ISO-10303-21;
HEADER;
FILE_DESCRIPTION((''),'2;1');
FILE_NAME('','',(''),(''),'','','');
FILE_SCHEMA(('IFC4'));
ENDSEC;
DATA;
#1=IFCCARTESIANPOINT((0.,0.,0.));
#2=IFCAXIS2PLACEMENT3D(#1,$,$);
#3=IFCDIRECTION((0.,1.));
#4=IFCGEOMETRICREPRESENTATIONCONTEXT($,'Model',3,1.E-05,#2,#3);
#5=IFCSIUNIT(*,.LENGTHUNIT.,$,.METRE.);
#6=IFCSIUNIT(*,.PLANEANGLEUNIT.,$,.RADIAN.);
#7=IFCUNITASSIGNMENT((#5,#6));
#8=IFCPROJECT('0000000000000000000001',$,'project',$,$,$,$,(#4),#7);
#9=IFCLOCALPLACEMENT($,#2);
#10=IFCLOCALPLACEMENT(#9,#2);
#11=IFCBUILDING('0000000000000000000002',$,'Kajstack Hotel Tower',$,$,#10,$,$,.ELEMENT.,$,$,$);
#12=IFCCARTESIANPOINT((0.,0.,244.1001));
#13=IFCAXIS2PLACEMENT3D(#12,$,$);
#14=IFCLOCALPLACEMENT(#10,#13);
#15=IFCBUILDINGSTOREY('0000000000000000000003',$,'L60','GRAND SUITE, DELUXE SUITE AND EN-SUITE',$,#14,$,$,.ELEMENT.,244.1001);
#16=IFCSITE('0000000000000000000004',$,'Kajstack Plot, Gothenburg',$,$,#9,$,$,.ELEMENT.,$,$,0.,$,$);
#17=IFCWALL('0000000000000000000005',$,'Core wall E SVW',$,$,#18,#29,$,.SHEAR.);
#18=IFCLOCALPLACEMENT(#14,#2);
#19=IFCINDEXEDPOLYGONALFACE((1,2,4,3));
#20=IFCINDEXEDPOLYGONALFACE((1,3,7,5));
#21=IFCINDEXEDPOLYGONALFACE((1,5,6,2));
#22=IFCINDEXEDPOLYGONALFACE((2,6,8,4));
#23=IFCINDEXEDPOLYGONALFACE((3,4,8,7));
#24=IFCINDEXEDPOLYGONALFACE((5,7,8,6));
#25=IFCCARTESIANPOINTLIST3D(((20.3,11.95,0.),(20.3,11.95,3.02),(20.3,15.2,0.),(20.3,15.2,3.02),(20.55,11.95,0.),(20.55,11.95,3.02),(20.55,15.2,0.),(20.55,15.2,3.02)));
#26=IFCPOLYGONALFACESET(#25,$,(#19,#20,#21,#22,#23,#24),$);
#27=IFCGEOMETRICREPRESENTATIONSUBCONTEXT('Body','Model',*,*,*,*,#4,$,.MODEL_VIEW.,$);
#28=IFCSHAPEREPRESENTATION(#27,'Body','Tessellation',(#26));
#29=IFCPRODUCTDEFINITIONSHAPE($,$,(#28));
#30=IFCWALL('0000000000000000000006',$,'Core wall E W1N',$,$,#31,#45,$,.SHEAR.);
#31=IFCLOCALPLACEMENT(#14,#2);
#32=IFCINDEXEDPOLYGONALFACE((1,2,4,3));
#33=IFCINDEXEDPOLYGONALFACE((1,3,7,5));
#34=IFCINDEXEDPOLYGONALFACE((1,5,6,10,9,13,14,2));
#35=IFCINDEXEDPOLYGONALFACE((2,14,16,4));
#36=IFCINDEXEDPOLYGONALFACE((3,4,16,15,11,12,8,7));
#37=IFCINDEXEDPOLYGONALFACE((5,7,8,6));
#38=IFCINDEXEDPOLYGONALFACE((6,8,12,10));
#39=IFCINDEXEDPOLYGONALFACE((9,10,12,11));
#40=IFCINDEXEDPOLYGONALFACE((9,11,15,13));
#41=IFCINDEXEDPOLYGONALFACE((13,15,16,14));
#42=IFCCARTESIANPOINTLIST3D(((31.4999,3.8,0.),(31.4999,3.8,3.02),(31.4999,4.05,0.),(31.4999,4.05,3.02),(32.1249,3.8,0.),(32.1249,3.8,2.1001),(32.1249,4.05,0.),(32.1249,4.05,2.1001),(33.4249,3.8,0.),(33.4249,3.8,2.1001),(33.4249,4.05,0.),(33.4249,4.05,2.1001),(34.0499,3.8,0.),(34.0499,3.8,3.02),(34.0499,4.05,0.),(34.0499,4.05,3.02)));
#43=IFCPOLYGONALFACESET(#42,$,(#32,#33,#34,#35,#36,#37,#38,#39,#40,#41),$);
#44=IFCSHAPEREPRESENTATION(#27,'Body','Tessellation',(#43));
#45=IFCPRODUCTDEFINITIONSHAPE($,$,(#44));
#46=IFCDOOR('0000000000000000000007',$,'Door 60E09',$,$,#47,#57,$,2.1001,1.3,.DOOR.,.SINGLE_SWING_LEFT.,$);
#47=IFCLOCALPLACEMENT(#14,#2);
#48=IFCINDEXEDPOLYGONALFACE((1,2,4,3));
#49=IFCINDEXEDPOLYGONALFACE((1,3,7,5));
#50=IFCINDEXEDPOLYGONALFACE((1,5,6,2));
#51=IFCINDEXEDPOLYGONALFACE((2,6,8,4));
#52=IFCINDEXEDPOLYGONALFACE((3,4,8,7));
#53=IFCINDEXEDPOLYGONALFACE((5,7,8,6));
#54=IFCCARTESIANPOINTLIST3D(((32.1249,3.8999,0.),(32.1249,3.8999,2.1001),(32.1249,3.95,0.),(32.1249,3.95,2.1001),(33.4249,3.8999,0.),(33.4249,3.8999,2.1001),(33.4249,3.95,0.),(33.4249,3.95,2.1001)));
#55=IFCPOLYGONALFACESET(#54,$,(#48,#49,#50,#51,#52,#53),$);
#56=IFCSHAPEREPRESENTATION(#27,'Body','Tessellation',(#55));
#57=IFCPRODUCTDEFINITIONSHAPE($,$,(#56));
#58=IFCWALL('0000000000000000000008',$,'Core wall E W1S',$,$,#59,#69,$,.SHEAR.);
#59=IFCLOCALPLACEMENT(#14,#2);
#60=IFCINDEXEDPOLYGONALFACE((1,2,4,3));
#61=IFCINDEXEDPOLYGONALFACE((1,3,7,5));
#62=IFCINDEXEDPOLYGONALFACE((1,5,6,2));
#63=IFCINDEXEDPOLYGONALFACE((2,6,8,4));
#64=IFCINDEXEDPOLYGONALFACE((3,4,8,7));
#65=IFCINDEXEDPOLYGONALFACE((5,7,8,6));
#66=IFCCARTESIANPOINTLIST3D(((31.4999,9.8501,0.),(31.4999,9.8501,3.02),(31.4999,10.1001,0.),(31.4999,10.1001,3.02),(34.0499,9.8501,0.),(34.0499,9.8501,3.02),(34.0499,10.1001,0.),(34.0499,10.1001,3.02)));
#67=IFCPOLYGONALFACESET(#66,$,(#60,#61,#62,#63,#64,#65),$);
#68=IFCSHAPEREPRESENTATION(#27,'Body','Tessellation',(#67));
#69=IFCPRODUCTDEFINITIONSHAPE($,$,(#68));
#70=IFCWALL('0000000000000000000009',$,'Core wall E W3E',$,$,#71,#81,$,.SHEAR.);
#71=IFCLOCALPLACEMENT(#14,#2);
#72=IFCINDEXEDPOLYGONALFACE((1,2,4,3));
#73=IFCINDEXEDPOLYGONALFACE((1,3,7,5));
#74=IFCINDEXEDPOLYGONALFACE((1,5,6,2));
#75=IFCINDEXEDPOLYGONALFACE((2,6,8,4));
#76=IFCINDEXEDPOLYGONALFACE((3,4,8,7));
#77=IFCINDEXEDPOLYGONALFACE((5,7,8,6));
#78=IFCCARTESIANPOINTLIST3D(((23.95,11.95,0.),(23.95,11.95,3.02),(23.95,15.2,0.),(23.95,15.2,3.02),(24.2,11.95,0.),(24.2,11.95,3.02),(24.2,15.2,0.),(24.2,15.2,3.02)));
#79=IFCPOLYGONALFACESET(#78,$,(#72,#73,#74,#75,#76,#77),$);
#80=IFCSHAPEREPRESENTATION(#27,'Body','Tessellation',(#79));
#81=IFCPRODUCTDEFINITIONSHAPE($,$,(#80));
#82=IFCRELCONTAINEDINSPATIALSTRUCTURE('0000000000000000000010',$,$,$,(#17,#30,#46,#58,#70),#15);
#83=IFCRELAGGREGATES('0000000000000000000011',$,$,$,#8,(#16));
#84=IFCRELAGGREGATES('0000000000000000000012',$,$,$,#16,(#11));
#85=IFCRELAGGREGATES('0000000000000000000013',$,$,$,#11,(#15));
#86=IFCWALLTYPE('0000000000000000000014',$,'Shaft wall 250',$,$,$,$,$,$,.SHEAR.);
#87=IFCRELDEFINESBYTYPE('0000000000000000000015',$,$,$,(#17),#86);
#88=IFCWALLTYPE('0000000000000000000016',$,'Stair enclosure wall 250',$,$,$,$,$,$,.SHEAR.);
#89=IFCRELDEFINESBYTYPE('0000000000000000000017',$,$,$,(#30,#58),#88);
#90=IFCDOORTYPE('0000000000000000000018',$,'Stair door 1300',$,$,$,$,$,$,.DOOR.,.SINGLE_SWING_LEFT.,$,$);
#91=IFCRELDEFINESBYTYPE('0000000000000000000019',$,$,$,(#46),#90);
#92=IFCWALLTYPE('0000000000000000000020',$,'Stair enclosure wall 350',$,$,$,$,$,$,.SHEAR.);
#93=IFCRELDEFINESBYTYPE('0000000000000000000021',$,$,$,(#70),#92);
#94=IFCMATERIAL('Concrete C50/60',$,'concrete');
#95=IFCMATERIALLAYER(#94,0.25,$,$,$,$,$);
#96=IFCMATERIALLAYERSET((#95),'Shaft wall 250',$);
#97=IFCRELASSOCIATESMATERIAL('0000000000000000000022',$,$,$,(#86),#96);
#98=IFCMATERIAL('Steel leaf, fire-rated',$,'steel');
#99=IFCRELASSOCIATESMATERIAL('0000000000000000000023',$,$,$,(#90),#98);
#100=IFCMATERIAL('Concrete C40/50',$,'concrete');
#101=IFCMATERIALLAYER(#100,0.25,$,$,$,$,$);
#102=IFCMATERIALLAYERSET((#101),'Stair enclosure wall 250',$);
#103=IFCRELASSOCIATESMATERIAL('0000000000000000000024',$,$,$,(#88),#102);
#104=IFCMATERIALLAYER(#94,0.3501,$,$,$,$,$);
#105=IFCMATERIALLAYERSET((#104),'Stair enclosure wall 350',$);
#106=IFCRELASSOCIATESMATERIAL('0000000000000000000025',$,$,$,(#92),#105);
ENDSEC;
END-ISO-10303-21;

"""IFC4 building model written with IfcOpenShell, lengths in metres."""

from ifc_helpers import new_model, si_unit, direction, frame, frame_2d, origin, place, context, subcontext, project, spatial, rectangle, extrude, material, layer, layer_set, type_object, element, fill, save


model = new_model("IFC4")

# Units and contexts
model_context = context("Model", 3, precision=1e-05, world=origin(), true_north=direction((0.0, 1.0)))
body_context = subcontext(model_context, "Body", "Model", "MODEL_VIEW")
ifc_project = project(units=[si_unit("LENGTHUNIT", "METRE"), si_unit("PLANEANGLEUNIT", "RADIAN")], contexts=[model_context])

# Site, building, storey
site_placement = place(None, origin())
site = spatial("IfcSite", under=ifc_project, at=site_placement, Name="Kajstack Plot, Gothenburg", CompositionType="ELEMENT", RefElevation=0.0)
building_placement = place(site_placement, origin())
building = spatial("IfcBuilding", under=site, at=building_placement, Name="Kajstack Hotel Tower", CompositionType="ELEMENT")
storey_placement = place(building_placement, frame((0.0, 0.0, 244.1001)))
storey = spatial("IfcBuildingStorey", under=building, at=storey_placement, Name="L60", Description="GRAND SUITE, DELUXE SUITE AND EN-SUITE", CompositionType="ELEMENT", Elevation=244.1001)

# Shared definitions
ifc_material_1 = material(Name="Concrete C40/50", Category="concrete")
ifc_material_2 = material(Name="Concrete C50/60", Category="concrete")

# Shared definitions
ifc_layer_1 = layer(ifc_material_2, 0.25)
ifc_layer_set_1 = layer_set([ifc_layer_1], Name="Shaft wall 250")
wall_type_1 = type_object("IfcWallType", Name="Shaft wall 250", PredefinedType="SHEAR", material=ifc_layer_set_1)
ifc_material_3 = material(Name="Steel leaf, fire-rated", Category="steel")
door_type_1 = type_object("IfcDoorType", Name="Stair door 1300", OperationType="SINGLE_SWING_LEFT", PredefinedType="DOOR", material=ifc_material_3)

# Wall
wall_1_placement = place(storey_placement, frame((20.425, 11.95, 0.0), z_axis=(0.0, 0.0, 1.0), x_axis=(0.0, 1.0, 0.0)))
element("IfcWall", 1, at=wall_1_placement, inside=storey, type_object=wall_type_1, Name="Core wall E SVW", PredefinedType="SHEAR", context=body_context, shape_type="SweptSolid", body=[
    extrude(rectangle(XDim=3.25, YDim=0.25, at=frame_2d((1.625, 0.0))), origin(), (0.0, 0.0, 1.0), 3.02),
])

# Wall, opening, door
ifc_layer_2 = layer(ifc_material_1, 0.25)
ifc_layer_set_2 = layer_set([ifc_layer_2], Name="Stair enclosure wall 250")
wall_type_2 = type_object("IfcWallType", Name="Stair enclosure wall 250", PredefinedType="SHEAR", material=ifc_layer_set_2)
wall_2_placement = place(storey_placement, frame((31.5, 3.925, 0.0), z_axis=(0.0, 0.0, 1.0), x_axis=(1.0, 0.0, 0.0)))
wall_2 = element("IfcWall", 2, at=wall_2_placement, inside=storey, type_object=wall_type_2, Name="Core wall E W1N", PredefinedType="SHEAR", context=body_context, shape_type="SweptSolid", body=[
    extrude(rectangle(XDim=2.55, YDim=0.25, at=frame_2d((1.2749, 0.0))), origin(), (0.0, 0.0, 1.0), 3.02),
])
opening_1_placement = place(wall_2_placement, frame((0.625, 0.0, 0.0)))
opening_1 = element("IfcOpeningElement", 3, at=opening_1_placement, cuts=wall_2, PredefinedType="OPENING", context=body_context, shape_type="SweptSolid", body=[
    extrude(rectangle(XDim=1.3, YDim=2.1001, at=frame_2d((0.6499, 1.05))), frame((0.0, 0.135, 0.0), z_axis=(0.0, -1.0, 0.0), x_axis=(1.0, 0.0, 0.0)), (0.0, 0.0, 1.0), 0.27),
])
door_1_placement = place(opening_1_placement, origin())
door_1 = element("IfcDoor", 4, at=door_1_placement, inside=storey, type_object=door_type_1, Name="Door 60E09", OperationType="SINGLE_SWING_LEFT", OverallHeight=2.1001, OverallWidth=1.3, PredefinedType="DOOR", context=body_context, shape_type="SweptSolid", body=[
    extrude(rectangle(XDim=1.3, YDim=2.1001, at=frame_2d((0.6499, 1.05))), frame((0.0, 0.0249, 0.0), z_axis=(0.0, -1.0, 0.0), x_axis=(1.0, 0.0, 0.0)), (0.0, 0.0, 1.0), 0.05),
])
fill(opening_1, door_1)

# Walls
wall_3_placement = place(storey_placement, frame((31.5, 9.9751, 0.0), z_axis=(0.0, 0.0, 1.0), x_axis=(1.0, 0.0, 0.0)))
element("IfcWall", 5, at=wall_3_placement, inside=storey, type_object=wall_type_2, Name="Core wall E W1S", PredefinedType="SHEAR", context=body_context, shape_type="SweptSolid", body=[
    extrude(rectangle(XDim=2.55, YDim=0.25, at=frame_2d((1.2749, 0.0))), origin(), (0.0, 0.0, 1.0), 3.02),
])
ifc_layer_3 = layer(ifc_material_2, 0.3501)
ifc_layer_set_3 = layer_set([ifc_layer_3], Name="Stair enclosure wall 350")
wall_type_3 = type_object("IfcWallType", Name="Stair enclosure wall 350", PredefinedType="SHEAR", material=ifc_layer_set_3)
wall_4_placement = place(storey_placement, frame((24.075, 11.95, 0.0), z_axis=(0.0, 0.0, 1.0), x_axis=(0.0, 1.0, 0.0)))
element("IfcWall", 6, at=wall_4_placement, inside=storey, type_object=wall_type_3, Name="Core wall E W3E", PredefinedType="SHEAR", context=body_context, shape_type="SweptSolid", body=[
    extrude(rectangle(XDim=3.25, YDim=0.25, at=frame_2d((1.625, 0.0))), origin(), (0.0, 0.0, 1.0), 3.02),
])

save(model, "model.ifc")
